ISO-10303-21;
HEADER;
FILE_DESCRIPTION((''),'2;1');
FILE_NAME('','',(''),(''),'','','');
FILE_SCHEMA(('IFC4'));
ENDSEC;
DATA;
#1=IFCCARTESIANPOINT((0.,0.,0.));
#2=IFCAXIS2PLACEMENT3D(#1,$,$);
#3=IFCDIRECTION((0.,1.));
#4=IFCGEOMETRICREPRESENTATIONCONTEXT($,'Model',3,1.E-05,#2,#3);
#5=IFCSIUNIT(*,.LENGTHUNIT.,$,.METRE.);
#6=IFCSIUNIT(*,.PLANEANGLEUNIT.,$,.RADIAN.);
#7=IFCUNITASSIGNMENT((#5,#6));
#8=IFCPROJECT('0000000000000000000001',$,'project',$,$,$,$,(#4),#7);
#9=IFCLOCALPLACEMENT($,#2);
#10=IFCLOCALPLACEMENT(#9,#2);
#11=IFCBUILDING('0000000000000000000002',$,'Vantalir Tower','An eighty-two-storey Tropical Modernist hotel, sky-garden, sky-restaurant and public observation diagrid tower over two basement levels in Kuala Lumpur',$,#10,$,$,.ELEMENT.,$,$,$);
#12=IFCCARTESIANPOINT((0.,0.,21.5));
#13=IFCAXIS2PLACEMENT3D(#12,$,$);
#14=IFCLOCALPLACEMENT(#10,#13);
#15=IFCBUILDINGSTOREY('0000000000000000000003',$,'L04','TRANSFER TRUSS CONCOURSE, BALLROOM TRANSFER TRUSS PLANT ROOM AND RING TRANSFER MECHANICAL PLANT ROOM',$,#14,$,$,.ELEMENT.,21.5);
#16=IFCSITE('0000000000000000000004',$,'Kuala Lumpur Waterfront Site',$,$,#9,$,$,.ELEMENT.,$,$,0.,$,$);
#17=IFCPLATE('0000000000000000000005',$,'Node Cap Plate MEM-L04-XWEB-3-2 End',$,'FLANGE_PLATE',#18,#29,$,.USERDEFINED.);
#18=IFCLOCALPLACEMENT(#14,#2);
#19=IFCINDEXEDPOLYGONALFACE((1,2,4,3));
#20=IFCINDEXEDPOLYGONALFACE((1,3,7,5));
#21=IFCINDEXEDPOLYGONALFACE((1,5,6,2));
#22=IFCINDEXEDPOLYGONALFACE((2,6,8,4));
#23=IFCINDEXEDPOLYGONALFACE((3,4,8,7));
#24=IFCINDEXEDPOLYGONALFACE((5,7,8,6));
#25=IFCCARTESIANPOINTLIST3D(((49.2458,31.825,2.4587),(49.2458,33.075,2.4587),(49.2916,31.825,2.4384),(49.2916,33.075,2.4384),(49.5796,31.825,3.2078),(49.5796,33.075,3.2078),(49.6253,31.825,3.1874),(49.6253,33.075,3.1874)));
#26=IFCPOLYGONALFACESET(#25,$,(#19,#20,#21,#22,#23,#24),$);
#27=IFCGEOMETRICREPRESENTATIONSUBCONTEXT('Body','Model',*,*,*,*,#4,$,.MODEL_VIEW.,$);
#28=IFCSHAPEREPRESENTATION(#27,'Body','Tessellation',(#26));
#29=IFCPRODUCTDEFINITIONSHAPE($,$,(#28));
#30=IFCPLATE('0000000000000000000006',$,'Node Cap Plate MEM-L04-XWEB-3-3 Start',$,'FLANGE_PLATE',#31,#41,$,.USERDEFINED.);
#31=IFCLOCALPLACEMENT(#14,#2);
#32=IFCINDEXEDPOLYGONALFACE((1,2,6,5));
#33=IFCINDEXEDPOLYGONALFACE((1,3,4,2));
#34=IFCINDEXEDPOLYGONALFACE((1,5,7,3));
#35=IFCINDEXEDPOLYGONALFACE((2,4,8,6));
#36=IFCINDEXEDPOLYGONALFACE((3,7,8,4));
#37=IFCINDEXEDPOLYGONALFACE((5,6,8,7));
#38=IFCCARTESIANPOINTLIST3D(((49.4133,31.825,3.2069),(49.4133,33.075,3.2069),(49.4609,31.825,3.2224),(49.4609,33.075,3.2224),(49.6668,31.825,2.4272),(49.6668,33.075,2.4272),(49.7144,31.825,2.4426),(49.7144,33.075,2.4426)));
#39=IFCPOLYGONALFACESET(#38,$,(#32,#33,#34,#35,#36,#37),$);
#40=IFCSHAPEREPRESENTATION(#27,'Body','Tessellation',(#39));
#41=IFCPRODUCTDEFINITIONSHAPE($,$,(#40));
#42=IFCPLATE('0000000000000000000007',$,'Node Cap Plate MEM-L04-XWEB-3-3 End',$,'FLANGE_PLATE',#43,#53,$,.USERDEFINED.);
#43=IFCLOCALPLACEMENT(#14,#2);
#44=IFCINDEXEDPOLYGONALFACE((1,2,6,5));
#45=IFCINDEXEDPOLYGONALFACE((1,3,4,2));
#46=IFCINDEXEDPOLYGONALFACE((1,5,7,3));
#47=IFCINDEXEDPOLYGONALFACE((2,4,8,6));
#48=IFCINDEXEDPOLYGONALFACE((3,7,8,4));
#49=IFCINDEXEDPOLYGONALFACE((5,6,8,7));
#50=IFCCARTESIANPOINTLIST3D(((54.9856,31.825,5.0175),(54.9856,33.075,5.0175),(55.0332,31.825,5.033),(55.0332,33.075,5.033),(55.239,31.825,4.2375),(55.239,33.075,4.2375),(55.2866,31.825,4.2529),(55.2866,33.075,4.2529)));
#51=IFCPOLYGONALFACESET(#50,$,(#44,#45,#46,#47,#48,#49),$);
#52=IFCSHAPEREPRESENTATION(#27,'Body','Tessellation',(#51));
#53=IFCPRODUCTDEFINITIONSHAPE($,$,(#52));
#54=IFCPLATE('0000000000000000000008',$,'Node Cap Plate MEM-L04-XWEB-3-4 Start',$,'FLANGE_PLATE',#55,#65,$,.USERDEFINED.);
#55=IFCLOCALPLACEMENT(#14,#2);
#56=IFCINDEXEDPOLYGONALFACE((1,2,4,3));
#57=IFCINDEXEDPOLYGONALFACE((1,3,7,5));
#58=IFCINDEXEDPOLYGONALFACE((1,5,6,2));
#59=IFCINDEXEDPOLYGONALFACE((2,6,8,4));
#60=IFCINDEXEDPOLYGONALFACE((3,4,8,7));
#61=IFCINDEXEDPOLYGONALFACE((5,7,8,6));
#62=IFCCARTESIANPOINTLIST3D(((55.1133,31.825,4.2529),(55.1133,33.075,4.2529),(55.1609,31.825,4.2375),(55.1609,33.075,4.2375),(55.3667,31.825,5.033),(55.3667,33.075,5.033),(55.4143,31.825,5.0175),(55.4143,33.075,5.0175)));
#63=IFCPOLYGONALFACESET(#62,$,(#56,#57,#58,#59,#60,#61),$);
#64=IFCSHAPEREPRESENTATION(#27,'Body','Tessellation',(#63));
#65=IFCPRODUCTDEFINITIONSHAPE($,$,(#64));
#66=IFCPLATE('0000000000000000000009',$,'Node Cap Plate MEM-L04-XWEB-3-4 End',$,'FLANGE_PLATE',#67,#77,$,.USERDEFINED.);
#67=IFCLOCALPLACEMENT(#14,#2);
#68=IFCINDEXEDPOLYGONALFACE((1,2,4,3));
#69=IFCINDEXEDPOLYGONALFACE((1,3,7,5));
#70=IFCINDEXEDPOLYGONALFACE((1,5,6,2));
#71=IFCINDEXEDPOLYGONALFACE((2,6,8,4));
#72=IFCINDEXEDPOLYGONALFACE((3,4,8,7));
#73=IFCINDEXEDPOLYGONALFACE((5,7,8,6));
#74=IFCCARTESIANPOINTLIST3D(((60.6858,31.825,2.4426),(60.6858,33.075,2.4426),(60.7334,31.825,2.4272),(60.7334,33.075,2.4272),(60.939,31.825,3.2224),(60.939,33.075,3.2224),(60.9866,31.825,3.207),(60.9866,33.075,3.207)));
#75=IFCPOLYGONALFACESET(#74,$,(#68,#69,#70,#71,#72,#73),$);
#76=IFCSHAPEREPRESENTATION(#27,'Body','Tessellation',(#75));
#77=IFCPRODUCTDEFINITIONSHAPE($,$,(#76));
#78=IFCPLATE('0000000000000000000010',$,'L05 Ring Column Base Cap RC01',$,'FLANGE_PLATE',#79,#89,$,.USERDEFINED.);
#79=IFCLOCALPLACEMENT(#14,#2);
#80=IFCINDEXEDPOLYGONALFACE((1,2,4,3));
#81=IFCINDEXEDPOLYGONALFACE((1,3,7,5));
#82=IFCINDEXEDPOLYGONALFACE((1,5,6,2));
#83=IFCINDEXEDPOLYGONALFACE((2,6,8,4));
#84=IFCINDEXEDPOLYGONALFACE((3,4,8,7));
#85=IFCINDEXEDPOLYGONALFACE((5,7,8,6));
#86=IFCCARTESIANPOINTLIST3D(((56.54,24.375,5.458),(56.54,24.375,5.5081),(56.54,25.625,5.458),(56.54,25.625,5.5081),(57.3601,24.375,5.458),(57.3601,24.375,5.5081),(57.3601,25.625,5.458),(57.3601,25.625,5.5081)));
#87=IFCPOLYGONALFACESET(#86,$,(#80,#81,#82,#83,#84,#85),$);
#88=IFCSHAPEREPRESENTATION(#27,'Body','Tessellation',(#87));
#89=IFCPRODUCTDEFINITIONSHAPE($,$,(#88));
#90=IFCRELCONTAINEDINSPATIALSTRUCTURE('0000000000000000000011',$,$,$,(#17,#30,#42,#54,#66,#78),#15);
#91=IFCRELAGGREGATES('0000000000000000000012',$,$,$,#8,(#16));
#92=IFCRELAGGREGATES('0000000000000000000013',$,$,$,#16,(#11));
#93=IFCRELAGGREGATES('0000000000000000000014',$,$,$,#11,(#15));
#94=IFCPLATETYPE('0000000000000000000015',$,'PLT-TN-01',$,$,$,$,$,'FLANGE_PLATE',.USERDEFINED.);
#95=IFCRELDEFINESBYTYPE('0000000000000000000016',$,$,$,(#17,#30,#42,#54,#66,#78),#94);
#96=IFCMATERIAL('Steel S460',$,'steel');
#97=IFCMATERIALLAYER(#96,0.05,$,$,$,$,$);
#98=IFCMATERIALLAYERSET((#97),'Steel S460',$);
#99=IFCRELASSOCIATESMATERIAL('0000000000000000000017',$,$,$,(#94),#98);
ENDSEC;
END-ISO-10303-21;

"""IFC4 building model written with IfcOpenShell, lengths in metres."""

from ifc_helpers import new_model, si_unit, direction, frame, origin, place, context, subcontext, project, spatial, polyline, outline, extrude, material, layer, layer_set, type_object, element, save


model = new_model("IFC4")

# Units and contexts
model_context = context("Model", 3, precision=1e-05, world=origin(), true_north=direction((0.0, 1.0)))
body_context = subcontext(model_context, "Body", "Model", "MODEL_VIEW")
ifc_project = project(units=[si_unit("LENGTHUNIT", "METRE"), si_unit("PLANEANGLEUNIT", "RADIAN")], contexts=[model_context])

# Site, building, storey
site_placement = place(None, origin())
site = spatial("IfcSite", under=ifc_project, at=site_placement, Name="Kuala Lumpur Waterfront Site", CompositionType="ELEMENT", RefElevation=0.0)
building_placement = place(site_placement, origin())
building = spatial("IfcBuilding", under=site, at=building_placement, Name="Vantalir Tower", Description="An eighty-two-storey Tropical Modernist hotel, sky-garden, sky-restaurant and public observation diagrid tower over two basement levels in Kuala Lumpur", CompositionType="ELEMENT")
storey_placement = place(building_placement, frame((0.0, 0.0, 21.5)))
storey = spatial("IfcBuildingStorey", under=building, at=storey_placement, Name="L04", Description="TRANSFER TRUSS CONCOURSE, BALLROOM TRANSFER TRUSS PLANT ROOM AND RING TRANSFER MECHANICAL PLANT ROOM", CompositionType="ELEMENT", Elevation=21.5)

# Shared definitions
ifc_material_1 = material(Name="Steel S460", Category="steel")

# Plates
ifc_layer = layer(ifc_material_1, 0.05)
ifc_layer_set = layer_set([ifc_layer], Name="Steel S460")
plate_type = type_object("IfcPlateType", Name="PLT-TN-01", ElementType="FLANGE_PLATE", PredefinedType="USERDEFINED", material=ifc_layer_set)
for number, where, z_axis, x_axis, name in (
    (1, (49.2458, 33.075, 2.4587), (-0.913431, 0.0, 0.406995), (0.0, -1.0, 0.0), "Node Cap Plate MEM-L04-XWEB-3-2 End"),
):
    element("IfcPlate", number, at=place(storey_placement, frame(where, z_axis=z_axis, x_axis=x_axis)), inside=storey, type_object=plate_type, Name=name, ObjectType="FLANGE_PLATE", PredefinedType="USERDEFINED", context=body_context, shape_type="SweptSolid", body=[
        extrude(outline(polyline([(0.0, 0.0), (1.25, 0.0), (1.25, 0.82), (0.0, 0.82), (0.0, 0.0)])), origin(), (0.0, 0.0, -1.0), 0.05),
    ])
plate_1_placement = place(storey_placement, frame((49.7144, 31.825, 2.4426), z_axis=(0.951038, 0.0, 0.309073), x_axis=(0.0, 1.0, 0.0)))
element("IfcPlate", 2, at=plate_1_placement, inside=storey, type_object=plate_type, Name="Node Cap Plate MEM-L04-XWEB-3-3 Start", ObjectType="FLANGE_PLATE", PredefinedType="USERDEFINED", context=body_context, shape_type="SweptSolid", body=[
    extrude(outline(polyline([(0.0, 0.0), (1.25, 0.0), (1.25, 0.8199), (0.0, 0.8199), (0.0, 0.0)])), origin(), (0.0, 0.0, -1.0), 0.05),
])
for number, where, z_axis, x_axis, name in (
    (3, (55.2866, 31.825, 4.2529), (0.951067, 0.0, 0.308985), (0.0, 1.0, 0.0), "Node Cap Plate MEM-L04-XWEB-3-3 End"),
    (4, (55.1133, 33.075, 4.2529), (-0.951067, 0.0, 0.308985), (0.0, -1.0, 0.0), "Node Cap Plate MEM-L04-XWEB-3-4 Start"),
):
    element("IfcPlate", number, at=place(storey_placement, frame(where, z_axis=z_axis, x_axis=x_axis)), inside=storey, type_object=plate_type, Name=name, ObjectType="FLANGE_PLATE", PredefinedType="USERDEFINED", context=body_context, shape_type="SweptSolid", body=[
        extrude(outline(polyline([(0.0, 0.0), (1.25, 0.0), (1.25, 0.8202), (0.0, 0.8202), (0.0, 0.0)])), origin(), (0.0, 0.0, -1.0), 0.05),
    ])
plate_2_placement = place(storey_placement, frame((60.6858, 33.075, 2.4426), z_axis=(-0.951126, 0.0, 0.308803), x_axis=(0.0, -1.0, 0.0)))
element("IfcPlate", 5, at=plate_2_placement, inside=storey, type_object=plate_type, Name="Node Cap Plate MEM-L04-XWEB-3-4 End", ObjectType="FLANGE_PLATE", PredefinedType="USERDEFINED", context=body_context, shape_type="SweptSolid", body=[
    extrude(outline(polyline([(0.0, 0.0), (1.25, 0.0), (1.25, 0.8199), (0.0, 0.8199), (0.0, 0.0)])), origin(), (0.0, 0.0, -1.0), 0.05),
])
plate_3_placement = place(storey_placement, frame((56.54, 25.625, 5.5081), z_axis=(0.0, 0.0, 1.0), x_axis=(0.0, -1.0, 0.0)))
element("IfcPlate", 6, at=plate_3_placement, inside=storey, type_object=plate_type, Name="L05 Ring Column Base Cap RC01", ObjectType="FLANGE_PLATE", PredefinedType="USERDEFINED", context=body_context, shape_type="SweptSolid", body=[
    extrude(outline(polyline([(0.0, 0.0), (1.25, 0.0), (1.25, 0.8201), (0.0, 0.8201), (0.0, 0.0)])), origin(), (0.0, 0.0, -1.0), 0.05),
])

save(model, "model.ifc")
